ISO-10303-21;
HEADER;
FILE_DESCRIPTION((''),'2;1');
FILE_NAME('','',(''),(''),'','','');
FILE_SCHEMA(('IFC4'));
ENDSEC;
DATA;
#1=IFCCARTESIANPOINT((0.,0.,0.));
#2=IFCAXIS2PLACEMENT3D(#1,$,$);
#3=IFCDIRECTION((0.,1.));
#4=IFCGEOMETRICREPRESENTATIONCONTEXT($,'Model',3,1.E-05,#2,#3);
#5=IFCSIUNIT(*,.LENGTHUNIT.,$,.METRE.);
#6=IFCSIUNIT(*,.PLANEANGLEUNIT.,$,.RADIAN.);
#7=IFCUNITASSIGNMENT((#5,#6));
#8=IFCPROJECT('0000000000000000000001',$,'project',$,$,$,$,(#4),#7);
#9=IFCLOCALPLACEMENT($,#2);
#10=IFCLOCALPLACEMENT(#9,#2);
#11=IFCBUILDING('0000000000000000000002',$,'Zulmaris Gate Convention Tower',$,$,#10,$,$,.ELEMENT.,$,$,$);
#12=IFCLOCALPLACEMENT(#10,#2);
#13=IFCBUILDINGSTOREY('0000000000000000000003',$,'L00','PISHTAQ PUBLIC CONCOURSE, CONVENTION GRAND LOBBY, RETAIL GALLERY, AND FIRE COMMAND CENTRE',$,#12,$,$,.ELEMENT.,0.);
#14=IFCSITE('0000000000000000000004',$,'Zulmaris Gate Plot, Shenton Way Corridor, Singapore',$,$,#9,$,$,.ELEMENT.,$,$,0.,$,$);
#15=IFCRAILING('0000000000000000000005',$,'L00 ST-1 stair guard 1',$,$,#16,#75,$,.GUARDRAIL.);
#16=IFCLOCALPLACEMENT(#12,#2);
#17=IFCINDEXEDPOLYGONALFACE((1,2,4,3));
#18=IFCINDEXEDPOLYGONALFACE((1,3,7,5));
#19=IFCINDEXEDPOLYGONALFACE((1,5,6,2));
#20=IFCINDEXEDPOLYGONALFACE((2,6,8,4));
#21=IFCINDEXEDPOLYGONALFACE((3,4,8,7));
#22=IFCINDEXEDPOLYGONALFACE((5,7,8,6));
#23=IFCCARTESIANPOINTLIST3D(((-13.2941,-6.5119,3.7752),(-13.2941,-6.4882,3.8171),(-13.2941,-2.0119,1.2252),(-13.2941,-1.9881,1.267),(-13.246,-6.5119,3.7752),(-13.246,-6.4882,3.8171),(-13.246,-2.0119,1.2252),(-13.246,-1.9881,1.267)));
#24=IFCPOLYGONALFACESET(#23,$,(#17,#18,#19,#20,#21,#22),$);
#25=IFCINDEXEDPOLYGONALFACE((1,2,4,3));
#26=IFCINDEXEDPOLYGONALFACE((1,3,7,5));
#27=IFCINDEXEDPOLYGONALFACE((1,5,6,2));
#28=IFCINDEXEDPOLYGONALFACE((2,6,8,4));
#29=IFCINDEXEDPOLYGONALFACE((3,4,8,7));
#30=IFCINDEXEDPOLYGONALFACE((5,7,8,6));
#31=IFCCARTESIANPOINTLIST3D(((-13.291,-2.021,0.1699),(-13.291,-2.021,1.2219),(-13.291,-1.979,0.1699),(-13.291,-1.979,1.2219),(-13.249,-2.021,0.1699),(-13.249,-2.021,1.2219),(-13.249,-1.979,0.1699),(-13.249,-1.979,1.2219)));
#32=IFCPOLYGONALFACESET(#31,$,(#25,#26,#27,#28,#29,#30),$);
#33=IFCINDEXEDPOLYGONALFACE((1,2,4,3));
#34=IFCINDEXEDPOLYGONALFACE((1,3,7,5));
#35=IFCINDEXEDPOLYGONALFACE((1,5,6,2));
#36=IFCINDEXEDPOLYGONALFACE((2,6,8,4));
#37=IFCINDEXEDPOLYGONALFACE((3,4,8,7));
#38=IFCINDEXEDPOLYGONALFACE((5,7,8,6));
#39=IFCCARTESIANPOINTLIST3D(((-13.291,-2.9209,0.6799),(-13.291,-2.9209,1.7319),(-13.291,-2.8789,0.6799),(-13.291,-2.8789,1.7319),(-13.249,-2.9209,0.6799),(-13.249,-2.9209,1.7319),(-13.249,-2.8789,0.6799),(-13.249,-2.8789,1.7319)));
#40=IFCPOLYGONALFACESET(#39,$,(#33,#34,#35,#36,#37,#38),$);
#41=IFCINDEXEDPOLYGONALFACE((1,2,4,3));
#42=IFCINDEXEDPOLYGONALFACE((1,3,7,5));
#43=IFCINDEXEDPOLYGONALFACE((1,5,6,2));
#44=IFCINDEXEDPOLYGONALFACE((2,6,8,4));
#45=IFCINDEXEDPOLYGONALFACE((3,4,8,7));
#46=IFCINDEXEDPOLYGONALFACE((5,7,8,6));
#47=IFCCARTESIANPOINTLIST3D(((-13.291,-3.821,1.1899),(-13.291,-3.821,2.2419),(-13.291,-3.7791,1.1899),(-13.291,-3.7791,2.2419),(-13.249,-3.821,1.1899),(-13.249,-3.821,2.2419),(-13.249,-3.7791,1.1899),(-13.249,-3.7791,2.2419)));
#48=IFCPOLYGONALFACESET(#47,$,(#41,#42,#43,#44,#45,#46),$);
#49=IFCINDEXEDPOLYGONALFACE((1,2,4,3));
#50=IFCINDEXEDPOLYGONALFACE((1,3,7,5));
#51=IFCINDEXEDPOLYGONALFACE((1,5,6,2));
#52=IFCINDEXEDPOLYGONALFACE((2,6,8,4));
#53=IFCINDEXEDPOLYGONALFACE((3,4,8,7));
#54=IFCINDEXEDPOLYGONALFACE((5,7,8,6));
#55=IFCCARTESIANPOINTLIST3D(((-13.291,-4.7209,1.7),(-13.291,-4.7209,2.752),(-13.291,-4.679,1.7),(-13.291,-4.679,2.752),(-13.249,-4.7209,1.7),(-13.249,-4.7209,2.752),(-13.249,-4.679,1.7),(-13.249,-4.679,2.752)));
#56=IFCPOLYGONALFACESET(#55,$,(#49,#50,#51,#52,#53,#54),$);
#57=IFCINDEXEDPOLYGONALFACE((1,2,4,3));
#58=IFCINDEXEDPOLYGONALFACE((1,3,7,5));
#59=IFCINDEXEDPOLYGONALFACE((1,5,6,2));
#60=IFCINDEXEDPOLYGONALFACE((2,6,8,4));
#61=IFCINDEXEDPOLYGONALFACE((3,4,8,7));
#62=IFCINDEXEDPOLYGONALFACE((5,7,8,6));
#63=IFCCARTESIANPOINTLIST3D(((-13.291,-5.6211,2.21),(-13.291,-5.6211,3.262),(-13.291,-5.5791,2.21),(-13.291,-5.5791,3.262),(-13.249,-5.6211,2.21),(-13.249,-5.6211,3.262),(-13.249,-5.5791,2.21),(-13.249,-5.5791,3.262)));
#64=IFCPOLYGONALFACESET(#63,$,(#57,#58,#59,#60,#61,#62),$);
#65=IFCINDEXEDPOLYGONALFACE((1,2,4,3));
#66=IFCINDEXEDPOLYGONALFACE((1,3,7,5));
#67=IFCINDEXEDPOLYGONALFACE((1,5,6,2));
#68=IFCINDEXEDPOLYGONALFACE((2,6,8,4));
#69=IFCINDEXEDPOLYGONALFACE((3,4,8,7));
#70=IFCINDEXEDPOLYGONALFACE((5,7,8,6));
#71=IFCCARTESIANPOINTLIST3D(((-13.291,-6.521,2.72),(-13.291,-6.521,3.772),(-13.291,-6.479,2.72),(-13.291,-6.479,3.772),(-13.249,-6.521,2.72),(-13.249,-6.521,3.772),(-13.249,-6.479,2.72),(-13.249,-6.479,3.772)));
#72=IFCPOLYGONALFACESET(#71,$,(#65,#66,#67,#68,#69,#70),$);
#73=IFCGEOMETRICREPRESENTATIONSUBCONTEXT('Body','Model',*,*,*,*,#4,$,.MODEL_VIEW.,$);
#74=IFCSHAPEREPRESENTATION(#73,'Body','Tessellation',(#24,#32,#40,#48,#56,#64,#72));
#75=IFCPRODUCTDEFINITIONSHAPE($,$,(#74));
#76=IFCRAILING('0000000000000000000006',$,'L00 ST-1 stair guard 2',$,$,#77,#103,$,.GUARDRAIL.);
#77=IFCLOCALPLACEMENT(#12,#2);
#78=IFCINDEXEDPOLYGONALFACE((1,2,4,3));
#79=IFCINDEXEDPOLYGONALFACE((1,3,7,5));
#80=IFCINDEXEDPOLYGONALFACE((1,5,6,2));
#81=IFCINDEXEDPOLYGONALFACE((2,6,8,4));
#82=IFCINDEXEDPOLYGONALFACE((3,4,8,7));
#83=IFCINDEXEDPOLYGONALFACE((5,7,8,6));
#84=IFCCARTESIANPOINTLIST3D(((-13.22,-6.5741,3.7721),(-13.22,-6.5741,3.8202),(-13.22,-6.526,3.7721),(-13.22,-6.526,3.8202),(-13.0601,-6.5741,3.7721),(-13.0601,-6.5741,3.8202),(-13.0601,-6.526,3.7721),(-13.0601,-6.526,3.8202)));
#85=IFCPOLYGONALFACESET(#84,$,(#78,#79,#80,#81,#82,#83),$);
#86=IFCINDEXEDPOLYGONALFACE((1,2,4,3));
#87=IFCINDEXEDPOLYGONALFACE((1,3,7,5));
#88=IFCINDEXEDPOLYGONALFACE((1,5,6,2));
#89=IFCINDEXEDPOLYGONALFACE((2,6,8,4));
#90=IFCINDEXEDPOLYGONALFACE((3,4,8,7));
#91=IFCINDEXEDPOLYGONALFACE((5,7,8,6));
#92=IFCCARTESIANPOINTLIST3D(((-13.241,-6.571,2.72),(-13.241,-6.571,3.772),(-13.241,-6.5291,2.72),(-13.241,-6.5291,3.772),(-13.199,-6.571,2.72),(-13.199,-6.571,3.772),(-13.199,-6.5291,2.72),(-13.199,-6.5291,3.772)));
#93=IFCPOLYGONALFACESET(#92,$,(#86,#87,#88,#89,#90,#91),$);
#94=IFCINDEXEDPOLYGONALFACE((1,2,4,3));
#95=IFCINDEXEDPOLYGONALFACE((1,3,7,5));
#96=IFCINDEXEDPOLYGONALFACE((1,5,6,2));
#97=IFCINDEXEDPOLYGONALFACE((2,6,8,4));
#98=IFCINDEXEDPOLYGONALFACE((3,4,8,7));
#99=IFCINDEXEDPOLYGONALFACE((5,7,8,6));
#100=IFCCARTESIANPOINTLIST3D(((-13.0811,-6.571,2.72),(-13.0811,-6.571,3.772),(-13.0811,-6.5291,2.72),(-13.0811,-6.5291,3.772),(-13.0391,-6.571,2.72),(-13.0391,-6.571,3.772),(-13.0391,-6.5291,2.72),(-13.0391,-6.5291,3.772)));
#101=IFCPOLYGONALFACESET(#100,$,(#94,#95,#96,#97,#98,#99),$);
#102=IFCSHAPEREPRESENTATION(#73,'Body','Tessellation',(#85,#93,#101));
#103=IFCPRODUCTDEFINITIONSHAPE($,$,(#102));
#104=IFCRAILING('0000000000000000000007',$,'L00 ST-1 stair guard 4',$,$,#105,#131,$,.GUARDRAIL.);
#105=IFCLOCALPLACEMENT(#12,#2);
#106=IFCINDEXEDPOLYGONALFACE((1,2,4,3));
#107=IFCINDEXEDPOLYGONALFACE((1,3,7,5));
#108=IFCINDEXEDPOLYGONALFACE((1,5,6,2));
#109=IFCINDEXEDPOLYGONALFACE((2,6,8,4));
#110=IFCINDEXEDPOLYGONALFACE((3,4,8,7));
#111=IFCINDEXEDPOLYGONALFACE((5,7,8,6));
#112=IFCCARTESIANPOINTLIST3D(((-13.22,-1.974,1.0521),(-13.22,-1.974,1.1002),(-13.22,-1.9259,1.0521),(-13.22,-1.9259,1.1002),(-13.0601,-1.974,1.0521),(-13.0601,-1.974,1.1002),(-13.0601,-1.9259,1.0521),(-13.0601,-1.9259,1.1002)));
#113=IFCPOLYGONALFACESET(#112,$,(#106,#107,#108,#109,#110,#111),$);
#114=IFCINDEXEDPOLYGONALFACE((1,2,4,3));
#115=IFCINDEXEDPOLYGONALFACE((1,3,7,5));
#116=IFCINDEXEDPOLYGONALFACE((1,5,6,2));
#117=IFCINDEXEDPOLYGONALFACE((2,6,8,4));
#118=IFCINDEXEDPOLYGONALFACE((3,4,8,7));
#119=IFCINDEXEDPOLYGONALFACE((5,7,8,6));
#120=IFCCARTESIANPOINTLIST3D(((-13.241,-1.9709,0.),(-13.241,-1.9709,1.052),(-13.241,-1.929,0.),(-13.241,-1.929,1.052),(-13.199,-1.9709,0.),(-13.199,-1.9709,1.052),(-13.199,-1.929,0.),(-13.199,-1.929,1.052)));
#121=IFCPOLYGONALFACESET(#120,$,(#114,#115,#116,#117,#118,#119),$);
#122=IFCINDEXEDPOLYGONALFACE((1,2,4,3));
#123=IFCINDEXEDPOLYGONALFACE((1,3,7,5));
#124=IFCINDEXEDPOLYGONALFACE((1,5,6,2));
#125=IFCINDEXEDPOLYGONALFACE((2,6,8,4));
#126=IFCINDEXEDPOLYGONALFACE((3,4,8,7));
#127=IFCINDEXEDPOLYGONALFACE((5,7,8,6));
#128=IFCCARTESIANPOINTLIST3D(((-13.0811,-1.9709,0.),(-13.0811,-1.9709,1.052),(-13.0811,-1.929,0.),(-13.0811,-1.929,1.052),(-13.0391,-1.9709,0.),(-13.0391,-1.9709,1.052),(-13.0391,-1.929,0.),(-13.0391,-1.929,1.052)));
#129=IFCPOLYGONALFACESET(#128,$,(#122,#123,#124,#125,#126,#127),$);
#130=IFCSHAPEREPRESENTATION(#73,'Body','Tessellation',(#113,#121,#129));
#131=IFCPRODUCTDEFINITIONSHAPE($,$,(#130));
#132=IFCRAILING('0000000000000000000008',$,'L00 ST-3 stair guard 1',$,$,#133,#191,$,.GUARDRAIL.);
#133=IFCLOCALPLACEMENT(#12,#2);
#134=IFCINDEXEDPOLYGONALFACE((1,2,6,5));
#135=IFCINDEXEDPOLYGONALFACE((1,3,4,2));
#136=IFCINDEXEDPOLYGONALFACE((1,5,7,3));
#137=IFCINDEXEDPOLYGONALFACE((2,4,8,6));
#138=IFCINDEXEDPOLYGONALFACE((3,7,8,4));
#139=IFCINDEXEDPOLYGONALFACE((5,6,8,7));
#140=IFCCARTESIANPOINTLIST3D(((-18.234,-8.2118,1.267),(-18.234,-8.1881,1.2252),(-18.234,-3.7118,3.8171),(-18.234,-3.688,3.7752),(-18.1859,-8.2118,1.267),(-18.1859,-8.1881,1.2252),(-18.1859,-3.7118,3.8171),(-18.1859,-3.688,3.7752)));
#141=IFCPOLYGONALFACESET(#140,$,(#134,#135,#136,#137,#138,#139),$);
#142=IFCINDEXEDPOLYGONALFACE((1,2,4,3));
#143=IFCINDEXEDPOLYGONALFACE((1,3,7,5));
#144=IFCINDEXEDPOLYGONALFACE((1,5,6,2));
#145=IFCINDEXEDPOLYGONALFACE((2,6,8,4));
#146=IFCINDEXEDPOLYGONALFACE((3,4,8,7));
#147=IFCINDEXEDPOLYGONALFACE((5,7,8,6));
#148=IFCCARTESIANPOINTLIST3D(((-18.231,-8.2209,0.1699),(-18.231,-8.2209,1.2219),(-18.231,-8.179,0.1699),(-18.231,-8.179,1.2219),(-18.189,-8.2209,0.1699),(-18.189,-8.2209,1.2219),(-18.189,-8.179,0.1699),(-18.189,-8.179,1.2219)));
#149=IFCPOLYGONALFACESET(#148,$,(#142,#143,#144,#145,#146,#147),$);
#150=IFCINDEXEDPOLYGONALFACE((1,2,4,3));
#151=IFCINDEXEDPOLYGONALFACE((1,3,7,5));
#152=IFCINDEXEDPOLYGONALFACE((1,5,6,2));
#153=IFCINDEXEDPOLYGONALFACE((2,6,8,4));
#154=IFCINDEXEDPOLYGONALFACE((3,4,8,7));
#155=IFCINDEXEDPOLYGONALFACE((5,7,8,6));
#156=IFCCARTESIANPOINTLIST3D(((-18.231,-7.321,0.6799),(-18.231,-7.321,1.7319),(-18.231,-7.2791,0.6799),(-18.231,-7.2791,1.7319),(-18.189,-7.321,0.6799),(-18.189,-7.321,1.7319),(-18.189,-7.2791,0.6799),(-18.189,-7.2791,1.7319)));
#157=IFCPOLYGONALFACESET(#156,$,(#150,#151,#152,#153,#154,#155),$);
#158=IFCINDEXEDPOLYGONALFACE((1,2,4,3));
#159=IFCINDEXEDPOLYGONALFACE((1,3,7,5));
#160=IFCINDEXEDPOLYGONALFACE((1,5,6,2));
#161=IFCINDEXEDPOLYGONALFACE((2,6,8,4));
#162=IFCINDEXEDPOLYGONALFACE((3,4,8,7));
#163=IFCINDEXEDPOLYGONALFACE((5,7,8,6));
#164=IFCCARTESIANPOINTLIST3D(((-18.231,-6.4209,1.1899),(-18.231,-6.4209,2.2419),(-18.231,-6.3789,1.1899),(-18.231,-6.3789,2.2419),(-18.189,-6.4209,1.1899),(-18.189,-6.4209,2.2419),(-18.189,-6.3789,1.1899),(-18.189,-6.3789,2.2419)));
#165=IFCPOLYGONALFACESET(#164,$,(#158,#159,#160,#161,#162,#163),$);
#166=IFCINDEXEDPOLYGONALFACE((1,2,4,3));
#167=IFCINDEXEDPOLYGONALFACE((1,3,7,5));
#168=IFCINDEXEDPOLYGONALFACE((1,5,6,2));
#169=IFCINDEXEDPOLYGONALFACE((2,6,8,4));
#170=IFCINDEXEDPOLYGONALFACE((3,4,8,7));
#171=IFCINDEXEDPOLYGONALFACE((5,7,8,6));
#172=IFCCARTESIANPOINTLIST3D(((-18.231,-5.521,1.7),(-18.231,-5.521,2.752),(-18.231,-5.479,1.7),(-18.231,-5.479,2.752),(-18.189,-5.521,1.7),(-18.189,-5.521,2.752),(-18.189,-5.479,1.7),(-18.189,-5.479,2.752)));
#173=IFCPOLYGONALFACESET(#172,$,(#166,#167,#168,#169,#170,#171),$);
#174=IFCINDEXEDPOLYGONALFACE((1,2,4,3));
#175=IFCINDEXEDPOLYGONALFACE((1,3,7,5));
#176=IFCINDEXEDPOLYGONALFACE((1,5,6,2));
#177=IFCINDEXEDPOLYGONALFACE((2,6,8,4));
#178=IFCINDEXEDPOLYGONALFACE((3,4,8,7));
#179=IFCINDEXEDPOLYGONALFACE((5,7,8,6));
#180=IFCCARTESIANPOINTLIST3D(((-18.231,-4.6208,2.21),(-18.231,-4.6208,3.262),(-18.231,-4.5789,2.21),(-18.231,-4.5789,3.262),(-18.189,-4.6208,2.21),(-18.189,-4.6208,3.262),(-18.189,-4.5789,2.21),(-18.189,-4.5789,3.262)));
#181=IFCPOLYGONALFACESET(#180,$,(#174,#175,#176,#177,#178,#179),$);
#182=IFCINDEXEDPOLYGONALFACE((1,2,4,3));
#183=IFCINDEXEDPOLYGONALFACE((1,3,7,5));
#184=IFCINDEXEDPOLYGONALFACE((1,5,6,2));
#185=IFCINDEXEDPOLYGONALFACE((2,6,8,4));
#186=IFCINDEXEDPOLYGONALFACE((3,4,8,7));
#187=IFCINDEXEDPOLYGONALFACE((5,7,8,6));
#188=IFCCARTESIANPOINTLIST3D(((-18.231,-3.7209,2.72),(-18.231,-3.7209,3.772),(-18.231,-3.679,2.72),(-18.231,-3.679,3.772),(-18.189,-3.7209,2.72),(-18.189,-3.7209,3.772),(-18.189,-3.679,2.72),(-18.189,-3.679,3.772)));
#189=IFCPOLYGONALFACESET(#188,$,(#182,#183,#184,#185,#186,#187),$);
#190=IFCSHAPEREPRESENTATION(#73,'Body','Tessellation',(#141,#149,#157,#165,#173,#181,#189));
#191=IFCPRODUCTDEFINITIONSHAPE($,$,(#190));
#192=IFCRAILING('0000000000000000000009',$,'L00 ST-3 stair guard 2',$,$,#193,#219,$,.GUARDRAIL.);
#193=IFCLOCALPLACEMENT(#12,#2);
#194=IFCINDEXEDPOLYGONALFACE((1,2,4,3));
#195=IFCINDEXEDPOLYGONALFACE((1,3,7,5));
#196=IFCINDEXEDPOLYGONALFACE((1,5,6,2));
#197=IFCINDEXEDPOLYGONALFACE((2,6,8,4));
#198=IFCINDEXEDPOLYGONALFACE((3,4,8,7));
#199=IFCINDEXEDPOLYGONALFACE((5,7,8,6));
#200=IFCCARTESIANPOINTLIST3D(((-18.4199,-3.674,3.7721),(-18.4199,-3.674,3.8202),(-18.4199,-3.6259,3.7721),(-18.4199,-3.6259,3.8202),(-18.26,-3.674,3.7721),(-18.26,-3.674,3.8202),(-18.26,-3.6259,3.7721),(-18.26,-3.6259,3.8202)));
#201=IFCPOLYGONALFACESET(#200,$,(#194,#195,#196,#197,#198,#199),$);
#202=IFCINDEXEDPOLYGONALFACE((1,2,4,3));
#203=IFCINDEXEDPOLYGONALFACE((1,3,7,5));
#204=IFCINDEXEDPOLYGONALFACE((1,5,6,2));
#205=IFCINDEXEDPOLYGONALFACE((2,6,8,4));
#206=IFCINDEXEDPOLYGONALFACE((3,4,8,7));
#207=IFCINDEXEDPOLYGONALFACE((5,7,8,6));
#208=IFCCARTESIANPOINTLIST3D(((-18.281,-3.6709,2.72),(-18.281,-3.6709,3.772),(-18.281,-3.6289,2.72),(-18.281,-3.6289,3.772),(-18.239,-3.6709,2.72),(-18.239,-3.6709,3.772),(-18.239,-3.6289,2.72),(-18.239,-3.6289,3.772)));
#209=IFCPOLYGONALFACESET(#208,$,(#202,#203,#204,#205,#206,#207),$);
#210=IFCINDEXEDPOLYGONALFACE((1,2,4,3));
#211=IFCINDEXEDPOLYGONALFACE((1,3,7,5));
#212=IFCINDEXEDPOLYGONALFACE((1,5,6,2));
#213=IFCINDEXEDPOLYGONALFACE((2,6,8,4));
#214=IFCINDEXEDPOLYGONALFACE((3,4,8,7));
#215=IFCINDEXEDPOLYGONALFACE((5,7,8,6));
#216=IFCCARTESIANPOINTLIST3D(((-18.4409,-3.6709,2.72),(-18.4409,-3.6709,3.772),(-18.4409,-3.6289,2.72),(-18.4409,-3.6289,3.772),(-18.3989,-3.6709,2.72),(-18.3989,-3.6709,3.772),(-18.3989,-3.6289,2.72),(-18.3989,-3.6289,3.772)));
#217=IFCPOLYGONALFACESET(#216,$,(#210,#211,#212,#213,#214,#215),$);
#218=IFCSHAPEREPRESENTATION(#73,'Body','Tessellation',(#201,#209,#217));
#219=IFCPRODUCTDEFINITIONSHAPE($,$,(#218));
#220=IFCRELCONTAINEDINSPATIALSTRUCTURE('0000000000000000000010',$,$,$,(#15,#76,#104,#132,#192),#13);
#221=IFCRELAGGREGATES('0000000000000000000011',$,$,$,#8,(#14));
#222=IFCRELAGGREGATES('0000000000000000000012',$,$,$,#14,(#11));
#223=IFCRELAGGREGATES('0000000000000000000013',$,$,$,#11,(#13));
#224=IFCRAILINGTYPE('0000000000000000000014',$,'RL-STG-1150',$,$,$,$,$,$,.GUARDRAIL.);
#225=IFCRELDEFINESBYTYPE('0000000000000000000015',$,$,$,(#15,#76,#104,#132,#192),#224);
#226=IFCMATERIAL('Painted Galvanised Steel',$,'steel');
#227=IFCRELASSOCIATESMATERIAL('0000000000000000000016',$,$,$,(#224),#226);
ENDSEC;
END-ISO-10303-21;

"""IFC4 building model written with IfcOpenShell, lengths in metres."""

from ifc_helpers import new_model, si_unit, direction, frame, origin, origin_2d, place, context, subcontext, project, spatial, rectangle, extrude, material, type_object, element, save


model = new_model("IFC4")

# Units and contexts
model_context = context("Model", 3, precision=1e-05, world=origin(), true_north=direction((0.0, 1.0)))
body_context = subcontext(model_context, "Body", "Model", "MODEL_VIEW")
ifc_project = project(units=[si_unit("LENGTHUNIT", "METRE"), si_unit("PLANEANGLEUNIT", "RADIAN")], contexts=[model_context])

# Site, building, storey
site_placement = place(None, origin())
site = spatial("IfcSite", under=ifc_project, at=site_placement, Name="Zulmaris Gate Plot, Shenton Way Corridor, Singapore", CompositionType="ELEMENT", RefElevation=0.0)
building_placement = place(site_placement, origin())
building = spatial("IfcBuilding", under=site, at=building_placement, Name="Zulmaris Gate Convention Tower", CompositionType="ELEMENT")
storey_placement = place(building_placement, origin())
storey = spatial("IfcBuildingStorey", under=building, at=storey_placement, Name="L00", Description="PISHTAQ PUBLIC CONCOURSE, CONVENTION GRAND LOBBY, RETAIL GALLERY, AND FIRE COMMAND CENTRE", CompositionType="ELEMENT", Elevation=0.0)

# Railings
ifc_material_1 = material(Name="Painted Galvanised Steel", Category="steel")
railing_type_1 = type_object("IfcRailingType", Name="RL-STG-1150", PredefinedType="GUARDRAIL", material=ifc_material_1)
railing_1_placement = place(storey_placement, frame((-13.27, -2.0, 0.1699)))
element("IfcRailing", 1, at=railing_1_placement, inside=storey, type_object=railing_type_1, Name="L00 ST-1 stair guard 1", PredefinedType="GUARDRAIL", context=body_context, shape_type="SweptSolid", body=[
    extrude(rectangle(XDim=0.0481, YDim=0.0481, at=origin_2d()), frame((0.0, 0.0, 1.0762), z_axis=(0.0, -0.870018, 0.49302), x_axis=(1.0, 0.0, 0.0)), (0.0, 0.0, 1.0), 5.1724),
    extrude(rectangle(XDim=0.042, YDim=0.042, at=origin_2d()), origin(), (0.0, 0.0, 1.0), 1.052),
    extrude(rectangle(XDim=0.042, YDim=0.042, at=origin_2d()), frame((0.0, -0.8999, 0.51)), (0.0, 0.0, 1.0), 1.052),
    extrude(rectangle(XDim=0.042, YDim=0.042, at=origin_2d()), frame((0.0, -1.8, 1.02)), (0.0, 0.0, 1.0), 1.052),
    extrude(rectangle(XDim=0.042, YDim=0.042, at=origin_2d()), frame((0.0, -2.7, 1.53)), (0.0, 0.0, 1.0), 1.052),
    extrude(rectangle(XDim=0.042, YDim=0.042, at=origin_2d()), frame((0.0, -3.6001, 2.04)), (0.0, 0.0, 1.0), 1.052),
    extrude(rectangle(XDim=0.042, YDim=0.042, at=origin_2d()), frame((0.0, -4.5, 2.55)), (0.0, 0.0, 1.0), 1.052),
])
for number, where, name in (
    (2, (-13.22, -6.55, 2.72), "L00 ST-1 stair guard 2"),
    (3, (-13.22, -1.95, 0.0), "L00 ST-1 stair guard 4"),
):
    element("IfcRailing", number, at=place(storey_placement, frame(where)), inside=storey, type_object=railing_type_1, Name=name, PredefinedType="GUARDRAIL", context=body_context, shape_type="SweptSolid", body=[
        extrude(rectangle(XDim=0.0481, YDim=0.0481, at=origin_2d()), frame((0.0, 0.0, 1.0762), z_axis=(1.0, 0.0, 0.0), x_axis=(0.0, 1.0, 0.0)), (0.0, 0.0, 1.0), 0.1599),
        extrude(rectangle(XDim=0.042, YDim=0.042, at=origin_2d()), origin(), (0.0, 0.0, 1.0), 1.052),
        extrude(rectangle(XDim=0.042, YDim=0.042, at=origin_2d()), frame((0.1599, 0.0, 0.0)), (0.0, 0.0, 1.0), 1.052),
    ])
railing_2_placement = place(storey_placement, frame((-18.21, -8.2, 0.1699)))
element("IfcRailing", 4, at=railing_2_placement, inside=storey, type_object=railing_type_1, Name="L00 ST-3 stair guard 1", PredefinedType="GUARDRAIL", context=body_context, shape_type="SweptSolid", body=[
    extrude(rectangle(XDim=0.0481, YDim=0.0481, at=origin_2d()), frame((0.0, 0.0, 1.0762), z_axis=(0.0, 0.870018, 0.49302), x_axis=(-1.0, 0.0, 0.0)), (0.0, 0.0, 1.0), 5.1724),
    extrude(rectangle(XDim=0.042, YDim=0.042, at=origin_2d()), origin(), (0.0, 0.0, 1.0), 1.052),
    extrude(rectangle(XDim=0.042, YDim=0.042, at=origin_2d()), frame((0.0, 0.8999, 0.51)), (0.0, 0.0, 1.0), 1.052),
    extrude(rectangle(XDim=0.042, YDim=0.042, at=origin_2d()), frame((0.0, 1.8, 1.02)), (0.0, 0.0, 1.0), 1.052),
    extrude(rectangle(XDim=0.042, YDim=0.042, at=origin_2d()), frame((0.0, 2.7, 1.53)), (0.0, 0.0, 1.0), 1.052),
    extrude(rectangle(XDim=0.042, YDim=0.042, at=origin_2d()), frame((0.0, 3.6001, 2.04)), (0.0, 0.0, 1.0), 1.052),
    extrude(rectangle(XDim=0.042, YDim=0.042, at=origin_2d()), frame((0.0, 4.5, 2.55)), (0.0, 0.0, 1.0), 1.052),
])
railing_3_placement = place(storey_placement, frame((-18.26, -3.6499, 2.72)))
element("IfcRailing", 5, at=railing_3_placement, inside=storey, type_object=railing_type_1, Name="L00 ST-3 stair guard 2", PredefinedType="GUARDRAIL", context=body_context, shape_type="SweptSolid", body=[
    extrude(rectangle(XDim=0.0481, YDim=0.0481, at=origin_2d()), frame((0.0, 0.0, 1.0762), z_axis=(-1.0, 0.0, 0.0), x_axis=(0.0, -1.0, 0.0)), (0.0, 0.0, 1.0), 0.1599),
    extrude(rectangle(XDim=0.042, YDim=0.042, at=origin_2d()), origin(), (0.0, 0.0, 1.0), 1.052),
    extrude(rectangle(XDim=0.042, YDim=0.042, at=origin_2d()), frame((-0.1599, 0.0, 0.0)), (0.0, 0.0, 1.0), 1.052),
])

save(model, "model.ifc")
